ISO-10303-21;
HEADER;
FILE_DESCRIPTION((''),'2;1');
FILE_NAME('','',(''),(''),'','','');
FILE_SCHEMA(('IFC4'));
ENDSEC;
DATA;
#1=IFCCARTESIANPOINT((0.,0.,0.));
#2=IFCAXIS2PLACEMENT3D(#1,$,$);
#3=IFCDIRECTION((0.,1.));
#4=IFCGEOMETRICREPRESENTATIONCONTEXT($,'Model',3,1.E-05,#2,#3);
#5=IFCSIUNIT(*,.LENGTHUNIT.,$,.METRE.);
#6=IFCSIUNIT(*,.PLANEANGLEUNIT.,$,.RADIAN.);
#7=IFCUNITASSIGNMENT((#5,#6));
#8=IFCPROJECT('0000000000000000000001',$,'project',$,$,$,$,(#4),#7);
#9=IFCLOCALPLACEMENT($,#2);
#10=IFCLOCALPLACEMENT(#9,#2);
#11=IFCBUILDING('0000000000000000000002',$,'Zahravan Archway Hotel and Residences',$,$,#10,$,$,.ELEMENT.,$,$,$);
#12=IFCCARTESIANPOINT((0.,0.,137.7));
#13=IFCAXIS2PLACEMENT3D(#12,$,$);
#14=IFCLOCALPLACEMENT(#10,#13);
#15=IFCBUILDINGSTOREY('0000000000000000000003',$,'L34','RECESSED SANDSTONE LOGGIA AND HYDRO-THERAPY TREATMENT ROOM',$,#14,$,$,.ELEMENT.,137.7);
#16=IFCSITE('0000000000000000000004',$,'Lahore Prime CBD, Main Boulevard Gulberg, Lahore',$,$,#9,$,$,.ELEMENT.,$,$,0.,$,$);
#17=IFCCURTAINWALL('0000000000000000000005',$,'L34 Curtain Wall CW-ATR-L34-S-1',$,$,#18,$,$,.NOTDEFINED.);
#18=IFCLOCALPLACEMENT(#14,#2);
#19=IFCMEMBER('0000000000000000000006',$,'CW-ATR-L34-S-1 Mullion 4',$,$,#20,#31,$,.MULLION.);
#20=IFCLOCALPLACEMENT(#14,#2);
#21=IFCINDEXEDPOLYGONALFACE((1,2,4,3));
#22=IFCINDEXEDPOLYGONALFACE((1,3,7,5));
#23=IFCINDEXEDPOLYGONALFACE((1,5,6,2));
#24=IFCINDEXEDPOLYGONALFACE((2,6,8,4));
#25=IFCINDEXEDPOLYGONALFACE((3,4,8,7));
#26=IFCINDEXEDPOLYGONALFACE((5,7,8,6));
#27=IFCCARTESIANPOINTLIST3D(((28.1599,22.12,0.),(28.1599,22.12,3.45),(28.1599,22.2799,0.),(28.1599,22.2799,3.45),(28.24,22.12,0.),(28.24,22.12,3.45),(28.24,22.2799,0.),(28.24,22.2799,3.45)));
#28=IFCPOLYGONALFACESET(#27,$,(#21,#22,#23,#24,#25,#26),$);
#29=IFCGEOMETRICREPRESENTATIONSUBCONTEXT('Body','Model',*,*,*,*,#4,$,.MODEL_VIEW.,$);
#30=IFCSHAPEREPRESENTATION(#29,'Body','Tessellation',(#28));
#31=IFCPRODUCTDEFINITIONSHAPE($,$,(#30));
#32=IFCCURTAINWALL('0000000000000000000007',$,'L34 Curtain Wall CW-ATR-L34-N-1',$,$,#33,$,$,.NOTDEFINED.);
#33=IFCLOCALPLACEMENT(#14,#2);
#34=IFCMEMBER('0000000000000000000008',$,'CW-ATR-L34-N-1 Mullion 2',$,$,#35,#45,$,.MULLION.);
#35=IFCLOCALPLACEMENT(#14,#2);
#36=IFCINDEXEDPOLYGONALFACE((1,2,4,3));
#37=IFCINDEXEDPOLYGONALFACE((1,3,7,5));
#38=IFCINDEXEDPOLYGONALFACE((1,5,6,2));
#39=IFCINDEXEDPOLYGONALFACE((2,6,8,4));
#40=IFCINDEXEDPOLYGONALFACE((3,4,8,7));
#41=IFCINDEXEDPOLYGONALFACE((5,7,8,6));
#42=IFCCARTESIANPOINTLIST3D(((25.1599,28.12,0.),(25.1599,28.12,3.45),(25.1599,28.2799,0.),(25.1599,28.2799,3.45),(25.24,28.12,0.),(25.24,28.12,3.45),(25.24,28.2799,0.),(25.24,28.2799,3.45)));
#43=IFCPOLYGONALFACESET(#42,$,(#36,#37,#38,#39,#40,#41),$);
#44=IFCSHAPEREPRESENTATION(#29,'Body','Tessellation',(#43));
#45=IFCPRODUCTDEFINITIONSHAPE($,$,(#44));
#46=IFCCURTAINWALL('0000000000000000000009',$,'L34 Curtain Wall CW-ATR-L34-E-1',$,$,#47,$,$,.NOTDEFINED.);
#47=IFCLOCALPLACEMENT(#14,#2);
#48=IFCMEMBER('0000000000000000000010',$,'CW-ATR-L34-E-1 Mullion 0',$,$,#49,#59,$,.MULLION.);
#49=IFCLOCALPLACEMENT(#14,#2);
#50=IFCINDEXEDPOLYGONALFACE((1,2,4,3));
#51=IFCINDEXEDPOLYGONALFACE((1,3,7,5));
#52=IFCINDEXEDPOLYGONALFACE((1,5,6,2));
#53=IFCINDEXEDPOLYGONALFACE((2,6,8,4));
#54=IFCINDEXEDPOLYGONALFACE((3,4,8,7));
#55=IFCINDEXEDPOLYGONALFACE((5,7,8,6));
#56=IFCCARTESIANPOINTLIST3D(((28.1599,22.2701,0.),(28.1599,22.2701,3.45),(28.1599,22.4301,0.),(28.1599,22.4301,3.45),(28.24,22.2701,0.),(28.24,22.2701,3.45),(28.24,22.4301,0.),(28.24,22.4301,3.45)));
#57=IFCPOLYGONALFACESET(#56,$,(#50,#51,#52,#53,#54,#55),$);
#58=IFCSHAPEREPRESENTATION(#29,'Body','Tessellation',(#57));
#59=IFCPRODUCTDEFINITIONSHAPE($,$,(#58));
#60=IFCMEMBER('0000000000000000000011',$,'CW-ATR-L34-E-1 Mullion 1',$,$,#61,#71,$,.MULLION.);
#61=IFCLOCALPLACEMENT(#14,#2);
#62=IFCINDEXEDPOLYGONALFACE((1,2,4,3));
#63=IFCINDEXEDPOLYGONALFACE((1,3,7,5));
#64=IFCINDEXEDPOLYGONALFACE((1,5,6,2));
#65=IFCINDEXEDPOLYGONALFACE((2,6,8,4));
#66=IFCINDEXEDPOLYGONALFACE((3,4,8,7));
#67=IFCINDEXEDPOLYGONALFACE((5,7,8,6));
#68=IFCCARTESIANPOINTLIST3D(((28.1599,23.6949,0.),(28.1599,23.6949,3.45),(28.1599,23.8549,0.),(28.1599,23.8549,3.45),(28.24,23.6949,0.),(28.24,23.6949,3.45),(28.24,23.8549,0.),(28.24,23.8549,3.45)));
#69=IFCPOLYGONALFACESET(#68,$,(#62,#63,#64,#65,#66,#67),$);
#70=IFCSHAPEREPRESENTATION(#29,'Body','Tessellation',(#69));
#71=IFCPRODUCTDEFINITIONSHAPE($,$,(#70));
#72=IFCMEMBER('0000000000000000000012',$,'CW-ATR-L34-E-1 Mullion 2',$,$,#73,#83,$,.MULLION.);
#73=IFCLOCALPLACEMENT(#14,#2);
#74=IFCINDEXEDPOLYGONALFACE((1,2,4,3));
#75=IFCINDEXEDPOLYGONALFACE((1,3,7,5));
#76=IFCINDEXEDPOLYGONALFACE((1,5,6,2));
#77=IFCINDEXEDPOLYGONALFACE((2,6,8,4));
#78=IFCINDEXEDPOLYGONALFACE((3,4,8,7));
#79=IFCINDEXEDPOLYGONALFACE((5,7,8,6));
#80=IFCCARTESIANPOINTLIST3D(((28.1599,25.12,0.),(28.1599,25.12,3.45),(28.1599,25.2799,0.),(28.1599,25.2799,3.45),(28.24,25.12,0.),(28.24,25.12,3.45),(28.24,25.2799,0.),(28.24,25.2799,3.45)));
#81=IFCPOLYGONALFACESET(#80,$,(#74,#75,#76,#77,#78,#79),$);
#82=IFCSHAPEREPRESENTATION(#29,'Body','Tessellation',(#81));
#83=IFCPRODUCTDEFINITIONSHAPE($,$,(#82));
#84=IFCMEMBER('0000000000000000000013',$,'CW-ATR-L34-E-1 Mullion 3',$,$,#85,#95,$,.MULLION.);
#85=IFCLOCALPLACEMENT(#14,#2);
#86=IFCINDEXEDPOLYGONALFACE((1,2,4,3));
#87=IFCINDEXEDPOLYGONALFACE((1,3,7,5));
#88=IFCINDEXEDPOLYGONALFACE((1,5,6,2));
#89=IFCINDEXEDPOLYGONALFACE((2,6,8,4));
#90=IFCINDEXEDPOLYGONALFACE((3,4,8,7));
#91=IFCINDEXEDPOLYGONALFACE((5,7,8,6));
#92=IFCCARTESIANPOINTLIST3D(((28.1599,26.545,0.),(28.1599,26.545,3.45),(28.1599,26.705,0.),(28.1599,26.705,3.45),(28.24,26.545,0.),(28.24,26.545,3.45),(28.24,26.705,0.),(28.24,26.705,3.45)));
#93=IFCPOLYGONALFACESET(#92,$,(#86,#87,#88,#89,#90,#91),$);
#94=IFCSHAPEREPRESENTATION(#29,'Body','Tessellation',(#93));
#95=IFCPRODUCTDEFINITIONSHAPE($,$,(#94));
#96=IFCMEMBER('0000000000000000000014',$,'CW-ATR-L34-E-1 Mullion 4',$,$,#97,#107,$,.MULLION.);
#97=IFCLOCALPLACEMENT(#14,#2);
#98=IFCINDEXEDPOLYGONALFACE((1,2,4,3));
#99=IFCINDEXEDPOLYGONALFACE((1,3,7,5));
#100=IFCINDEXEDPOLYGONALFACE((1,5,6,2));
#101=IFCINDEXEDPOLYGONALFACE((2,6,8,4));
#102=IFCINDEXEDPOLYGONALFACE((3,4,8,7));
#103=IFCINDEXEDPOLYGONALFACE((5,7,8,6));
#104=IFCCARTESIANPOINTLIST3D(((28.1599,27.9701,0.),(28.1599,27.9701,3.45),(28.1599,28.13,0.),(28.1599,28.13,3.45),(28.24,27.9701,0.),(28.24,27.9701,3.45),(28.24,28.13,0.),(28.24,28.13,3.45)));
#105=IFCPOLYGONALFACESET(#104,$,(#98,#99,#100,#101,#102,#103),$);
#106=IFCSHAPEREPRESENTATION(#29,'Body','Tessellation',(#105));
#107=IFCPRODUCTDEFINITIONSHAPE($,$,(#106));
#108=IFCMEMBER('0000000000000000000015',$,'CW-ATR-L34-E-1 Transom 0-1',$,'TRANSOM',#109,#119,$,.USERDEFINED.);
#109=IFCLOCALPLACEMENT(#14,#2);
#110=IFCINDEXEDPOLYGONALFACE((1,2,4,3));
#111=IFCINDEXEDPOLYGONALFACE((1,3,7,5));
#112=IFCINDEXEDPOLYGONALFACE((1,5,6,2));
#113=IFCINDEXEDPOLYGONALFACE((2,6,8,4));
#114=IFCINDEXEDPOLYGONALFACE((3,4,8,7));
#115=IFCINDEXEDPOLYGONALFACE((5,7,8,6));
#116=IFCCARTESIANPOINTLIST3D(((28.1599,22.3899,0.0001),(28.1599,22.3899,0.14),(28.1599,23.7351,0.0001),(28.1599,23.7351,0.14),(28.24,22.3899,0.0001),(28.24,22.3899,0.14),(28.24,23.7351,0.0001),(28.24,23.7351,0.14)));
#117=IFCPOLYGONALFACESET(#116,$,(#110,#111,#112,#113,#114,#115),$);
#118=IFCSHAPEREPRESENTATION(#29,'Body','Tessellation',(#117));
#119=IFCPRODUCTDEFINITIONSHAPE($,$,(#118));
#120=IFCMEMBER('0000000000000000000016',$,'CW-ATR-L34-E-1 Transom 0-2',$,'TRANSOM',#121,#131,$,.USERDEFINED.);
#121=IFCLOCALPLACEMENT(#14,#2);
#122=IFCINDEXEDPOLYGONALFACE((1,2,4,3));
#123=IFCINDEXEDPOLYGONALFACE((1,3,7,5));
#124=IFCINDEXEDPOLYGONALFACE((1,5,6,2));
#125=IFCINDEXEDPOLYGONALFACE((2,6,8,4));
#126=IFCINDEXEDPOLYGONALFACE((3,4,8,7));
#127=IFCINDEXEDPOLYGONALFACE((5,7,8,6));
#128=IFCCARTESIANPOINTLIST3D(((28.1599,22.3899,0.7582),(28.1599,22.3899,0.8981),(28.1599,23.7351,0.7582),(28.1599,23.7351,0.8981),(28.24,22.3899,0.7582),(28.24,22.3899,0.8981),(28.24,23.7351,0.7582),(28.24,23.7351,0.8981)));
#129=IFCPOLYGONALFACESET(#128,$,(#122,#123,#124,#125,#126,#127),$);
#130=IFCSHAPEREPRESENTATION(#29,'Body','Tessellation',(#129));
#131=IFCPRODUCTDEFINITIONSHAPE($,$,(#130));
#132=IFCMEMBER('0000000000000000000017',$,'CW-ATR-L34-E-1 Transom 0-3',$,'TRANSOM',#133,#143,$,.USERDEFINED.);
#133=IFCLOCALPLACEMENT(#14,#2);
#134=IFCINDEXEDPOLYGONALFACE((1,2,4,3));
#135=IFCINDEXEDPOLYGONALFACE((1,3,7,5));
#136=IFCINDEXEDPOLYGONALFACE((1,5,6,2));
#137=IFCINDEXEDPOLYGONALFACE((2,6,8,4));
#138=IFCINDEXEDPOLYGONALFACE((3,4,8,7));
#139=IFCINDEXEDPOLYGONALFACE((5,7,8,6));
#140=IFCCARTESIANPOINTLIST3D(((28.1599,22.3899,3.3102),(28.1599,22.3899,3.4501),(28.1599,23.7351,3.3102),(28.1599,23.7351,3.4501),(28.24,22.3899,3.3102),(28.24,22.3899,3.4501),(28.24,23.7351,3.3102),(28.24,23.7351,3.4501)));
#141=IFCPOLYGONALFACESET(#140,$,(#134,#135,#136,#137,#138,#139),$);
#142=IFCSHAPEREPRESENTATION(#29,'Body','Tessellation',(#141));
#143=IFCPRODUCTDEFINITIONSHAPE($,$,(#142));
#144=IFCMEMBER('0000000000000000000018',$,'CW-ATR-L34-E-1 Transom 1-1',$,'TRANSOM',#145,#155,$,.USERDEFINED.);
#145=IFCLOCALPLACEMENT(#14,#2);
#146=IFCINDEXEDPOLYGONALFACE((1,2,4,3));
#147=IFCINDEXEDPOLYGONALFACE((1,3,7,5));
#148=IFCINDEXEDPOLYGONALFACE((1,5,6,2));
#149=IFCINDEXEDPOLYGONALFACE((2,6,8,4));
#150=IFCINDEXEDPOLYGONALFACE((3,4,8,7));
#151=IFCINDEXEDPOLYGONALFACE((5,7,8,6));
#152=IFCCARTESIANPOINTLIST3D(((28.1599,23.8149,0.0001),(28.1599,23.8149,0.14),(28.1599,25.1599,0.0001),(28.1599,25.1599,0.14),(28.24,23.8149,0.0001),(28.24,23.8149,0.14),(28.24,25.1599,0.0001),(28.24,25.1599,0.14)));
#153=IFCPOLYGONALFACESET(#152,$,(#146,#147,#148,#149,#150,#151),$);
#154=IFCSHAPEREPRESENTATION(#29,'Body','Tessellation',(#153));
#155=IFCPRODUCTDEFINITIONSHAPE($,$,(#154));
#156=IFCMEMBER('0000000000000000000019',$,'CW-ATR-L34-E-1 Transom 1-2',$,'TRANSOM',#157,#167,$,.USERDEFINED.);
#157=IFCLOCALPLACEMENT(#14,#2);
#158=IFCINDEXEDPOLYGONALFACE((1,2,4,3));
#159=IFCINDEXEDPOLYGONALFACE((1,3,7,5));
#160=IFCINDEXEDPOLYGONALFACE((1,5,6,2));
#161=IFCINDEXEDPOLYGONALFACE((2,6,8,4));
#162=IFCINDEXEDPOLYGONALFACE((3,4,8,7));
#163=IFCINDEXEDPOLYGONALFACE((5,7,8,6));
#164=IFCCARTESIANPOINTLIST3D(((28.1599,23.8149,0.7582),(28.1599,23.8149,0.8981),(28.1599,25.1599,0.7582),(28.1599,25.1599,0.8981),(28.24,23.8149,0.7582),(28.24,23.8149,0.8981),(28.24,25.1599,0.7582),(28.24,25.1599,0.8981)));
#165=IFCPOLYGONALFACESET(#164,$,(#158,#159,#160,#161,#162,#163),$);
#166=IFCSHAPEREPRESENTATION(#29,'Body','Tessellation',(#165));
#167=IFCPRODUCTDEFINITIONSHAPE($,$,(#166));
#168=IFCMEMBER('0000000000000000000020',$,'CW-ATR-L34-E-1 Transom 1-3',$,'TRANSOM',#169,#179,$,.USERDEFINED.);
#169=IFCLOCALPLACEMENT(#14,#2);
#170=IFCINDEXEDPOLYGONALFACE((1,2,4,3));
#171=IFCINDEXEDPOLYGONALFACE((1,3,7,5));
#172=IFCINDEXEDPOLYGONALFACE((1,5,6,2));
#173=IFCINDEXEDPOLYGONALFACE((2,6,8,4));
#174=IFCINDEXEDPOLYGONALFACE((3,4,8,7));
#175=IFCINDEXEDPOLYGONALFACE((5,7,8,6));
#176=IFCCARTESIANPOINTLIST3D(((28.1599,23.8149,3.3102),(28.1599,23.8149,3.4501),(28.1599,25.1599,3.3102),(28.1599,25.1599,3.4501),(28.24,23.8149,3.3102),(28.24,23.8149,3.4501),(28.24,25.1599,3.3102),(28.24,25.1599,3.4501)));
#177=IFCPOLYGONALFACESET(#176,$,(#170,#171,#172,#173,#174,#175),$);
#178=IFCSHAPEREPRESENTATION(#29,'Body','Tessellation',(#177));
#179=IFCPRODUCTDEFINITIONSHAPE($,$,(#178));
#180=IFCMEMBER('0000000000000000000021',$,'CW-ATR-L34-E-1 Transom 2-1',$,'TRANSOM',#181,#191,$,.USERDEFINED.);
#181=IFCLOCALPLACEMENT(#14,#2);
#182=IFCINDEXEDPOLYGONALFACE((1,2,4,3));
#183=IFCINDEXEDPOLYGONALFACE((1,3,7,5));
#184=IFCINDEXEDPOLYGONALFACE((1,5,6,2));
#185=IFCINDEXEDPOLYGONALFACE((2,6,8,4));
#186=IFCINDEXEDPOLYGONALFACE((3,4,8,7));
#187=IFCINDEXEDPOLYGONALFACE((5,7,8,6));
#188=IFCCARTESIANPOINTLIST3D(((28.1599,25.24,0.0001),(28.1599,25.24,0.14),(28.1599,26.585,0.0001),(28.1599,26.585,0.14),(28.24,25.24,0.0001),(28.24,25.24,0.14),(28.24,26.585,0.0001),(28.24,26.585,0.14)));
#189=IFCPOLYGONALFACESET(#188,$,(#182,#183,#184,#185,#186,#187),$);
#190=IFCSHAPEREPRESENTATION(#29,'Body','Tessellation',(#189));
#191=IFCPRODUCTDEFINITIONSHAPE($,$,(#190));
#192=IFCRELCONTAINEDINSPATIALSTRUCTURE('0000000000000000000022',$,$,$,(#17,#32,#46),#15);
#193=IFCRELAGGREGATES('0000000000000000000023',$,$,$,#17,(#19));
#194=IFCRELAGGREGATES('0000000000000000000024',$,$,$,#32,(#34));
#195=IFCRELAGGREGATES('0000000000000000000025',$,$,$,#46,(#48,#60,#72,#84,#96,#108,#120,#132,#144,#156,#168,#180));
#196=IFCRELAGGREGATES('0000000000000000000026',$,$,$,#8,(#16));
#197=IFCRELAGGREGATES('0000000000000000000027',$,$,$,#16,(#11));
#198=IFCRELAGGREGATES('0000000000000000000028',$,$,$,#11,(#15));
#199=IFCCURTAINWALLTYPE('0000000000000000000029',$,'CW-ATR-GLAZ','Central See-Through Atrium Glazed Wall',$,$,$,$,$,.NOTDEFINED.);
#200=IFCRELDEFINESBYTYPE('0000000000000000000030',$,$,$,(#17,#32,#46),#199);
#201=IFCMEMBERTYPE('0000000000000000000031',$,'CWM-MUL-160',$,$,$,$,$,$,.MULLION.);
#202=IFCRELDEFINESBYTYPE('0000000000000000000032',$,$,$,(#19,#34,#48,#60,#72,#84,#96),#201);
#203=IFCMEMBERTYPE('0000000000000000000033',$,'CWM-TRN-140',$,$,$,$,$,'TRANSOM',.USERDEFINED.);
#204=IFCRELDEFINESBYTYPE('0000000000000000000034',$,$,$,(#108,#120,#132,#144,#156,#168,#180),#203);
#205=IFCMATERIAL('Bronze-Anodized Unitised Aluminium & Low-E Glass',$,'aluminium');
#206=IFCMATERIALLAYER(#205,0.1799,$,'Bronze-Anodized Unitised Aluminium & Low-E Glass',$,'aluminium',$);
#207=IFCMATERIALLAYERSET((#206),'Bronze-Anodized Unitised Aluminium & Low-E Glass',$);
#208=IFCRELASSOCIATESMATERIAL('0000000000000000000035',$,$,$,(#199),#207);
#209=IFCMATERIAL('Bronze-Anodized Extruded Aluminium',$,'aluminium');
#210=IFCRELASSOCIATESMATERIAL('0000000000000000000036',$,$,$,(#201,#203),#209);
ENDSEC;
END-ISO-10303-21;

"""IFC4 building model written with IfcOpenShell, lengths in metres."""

from ifc_helpers import new_model, si_unit, direction, frame, origin, origin_2d, place, context, subcontext, project, spatial, rectangle, extrude, source, transform, mapped, material, layer, layer_set, material_profile, profile_set, type_object, element, aggregate, save


model = new_model("IFC4")

# Units and contexts
model_context = context("Model", 3, precision=1e-05, world=origin(), true_north=direction((0.0, 1.0)))
body_context = subcontext(model_context, "Body", "Model", "MODEL_VIEW")
ifc_project = project(units=[si_unit("LENGTHUNIT", "METRE"), si_unit("PLANEANGLEUNIT", "RADIAN")], contexts=[model_context])

# Site, building, storey
site_placement = place(None, origin())
site = spatial("IfcSite", under=ifc_project, at=site_placement, Name="Lahore Prime CBD, Main Boulevard Gulberg, Lahore", CompositionType="ELEMENT", RefElevation=0.0)
building_placement = place(site_placement, origin())
building = spatial("IfcBuilding", under=site, at=building_placement, Name="Zahravan Archway Hotel and Residences", CompositionType="ELEMENT")
storey_placement = place(building_placement, frame((0.0, 0.0, 137.7)))
storey = spatial("IfcBuildingStorey", under=building, at=storey_placement, Name="L34", Description="RECESSED SANDSTONE LOGGIA AND HYDRO-THERAPY TREATMENT ROOM", CompositionType="ELEMENT", Elevation=137.7)

# Curtain walls, members
ifc_material_1 = material(Name="Bronze-Anodized Unitised Aluminium & Low-E Glass", Category="aluminium")
ifc_layer_1 = layer(ifc_material_1, 0.1799, Name="Bronze-Anodized Unitised Aluminium & Low-E Glass", Category="aluminium")
ifc_layer_set_1 = layer_set([ifc_layer_1], Name="Bronze-Anodized Unitised Aluminium & Low-E Glass")
curtain_wall_type = type_object("IfcCurtainWallType", Name="CW-ATR-GLAZ", Description="Central See-Through Atrium Glazed Wall", PredefinedType="NOTDEFINED", material=ifc_layer_set_1)
curtain_wall_1_placement = place(storey_placement, origin())
curtain_wall_1 = element("IfcCurtainWall", 1, at=curtain_wall_1_placement, inside=storey, type_object=curtain_wall_type, Name="L34 Curtain Wall CW-ATR-L34-S-1", PredefinedType="NOTDEFINED")
ifc_material_2 = material(Name="Bronze-Anodized Extruded Aluminium", Category="aluminium")
ifc_material_profile_1 = material_profile(ifc_material_2, rectangle(XDim=0.0801, YDim=0.1599, at=origin_2d()), Name="MUL 80x160", Category="aluminium")
ifc_profile_set_1 = profile_set([ifc_material_profile_1], Name="Bronze-Anodized Extruded Aluminium")
member_type_1 = type_object("IfcMemberType", Name="CWM-MUL-160", PredefinedType="MULLION", material=ifc_profile_set_1)
shared_shape_1 = source(origin(), body_context, "Body", "SweptSolid", [
    extrude(rectangle(XDim=0.0801, YDim=0.1599, at=origin_2d()), origin(), (0.0, 0.0, 1.0), 3.45),
])
member_1_placement = place(storey_placement, frame((28.2, 22.2, 0.0), z_axis=(0.0, 0.0, 1.0), x_axis=(1.0, 0.0, 0.0)))
member_1 = element("IfcMember", 2, at=member_1_placement, type_object=member_type_1, Name="CW-ATR-L34-S-1 Mullion 4", PredefinedType="MULLION", context=body_context, shape_type="MappedRepresentation", body=[
    mapped(shared_shape_1, transform((0.0, 0.0, 0.0), scale=1.0)),
])
curtain_wall_2_placement = place(storey_placement, origin())
curtain_wall_2 = element("IfcCurtainWall", 3, at=curtain_wall_2_placement, inside=storey, type_object=curtain_wall_type, Name="L34 Curtain Wall CW-ATR-L34-N-1", PredefinedType="NOTDEFINED")
member_2_placement = place(storey_placement, frame((25.2, 28.2, 0.0), z_axis=(0.0, 0.0, 1.0), x_axis=(1.0, 0.0, 0.0)))
member_2 = element("IfcMember", 4, at=member_2_placement, type_object=member_type_1, Name="CW-ATR-L34-N-1 Mullion 2", PredefinedType="MULLION", context=body_context, shape_type="MappedRepresentation", body=[
    mapped(shared_shape_1, transform((0.0, 0.0, 0.0), scale=1.0)),
])

# Curtain wall, members
curtain_wall_3_placement = place(storey_placement, origin())
curtain_wall_3 = element("IfcCurtainWall", 5, at=curtain_wall_3_placement, inside=storey, type_object=curtain_wall_type, Name="L34 Curtain Wall CW-ATR-L34-E-1", PredefinedType="NOTDEFINED")
member_3_placement = place(storey_placement, frame((28.2, 22.3501, 0.0), z_axis=(0.0, 0.0, 1.0), x_axis=(1.0, 0.0, 0.0)))
member_3 = element("IfcMember", 6, at=member_3_placement, type_object=member_type_1, Name="CW-ATR-L34-E-1 Mullion 0", PredefinedType="MULLION", context=body_context, shape_type="MappedRepresentation", body=[
    mapped(shared_shape_1, transform((0.0, 0.0, 0.0), scale=1.0)),
])
member_4_placement = place(storey_placement, frame((28.2, 23.7749, 0.0), z_axis=(0.0, 0.0, 1.0), x_axis=(1.0, 0.0, 0.0)))
member_4 = element("IfcMember", 7, at=member_4_placement, type_object=member_type_1, Name="CW-ATR-L34-E-1 Mullion 1", PredefinedType="MULLION", context=body_context, shape_type="MappedRepresentation", body=[
    mapped(shared_shape_1, transform((0.0, 0.0, 0.0), scale=1.0)),
])
member_5_placement = place(storey_placement, frame((28.2, 25.2, 0.0), z_axis=(0.0, 0.0, 1.0), x_axis=(1.0, 0.0, 0.0)))
member_5 = element("IfcMember", 8, at=member_5_placement, type_object=member_type_1, Name="CW-ATR-L34-E-1 Mullion 2", PredefinedType="MULLION", context=body_context, shape_type="MappedRepresentation", body=[
    mapped(shared_shape_1, transform((0.0, 0.0, 0.0), scale=1.0)),
])
member_6_placement = place(storey_placement, frame((28.2, 26.625, 0.0), z_axis=(0.0, 0.0, 1.0), x_axis=(1.0, 0.0, 0.0)))
member_6 = element("IfcMember", 9, at=member_6_placement, type_object=member_type_1, Name="CW-ATR-L34-E-1 Mullion 3", PredefinedType="MULLION", context=body_context, shape_type="MappedRepresentation", body=[
    mapped(shared_shape_1, transform((0.0, 0.0, 0.0), scale=1.0)),
])
member_7_placement = place(storey_placement, frame((28.2, 28.05, 0.0), z_axis=(0.0, 0.0, 1.0), x_axis=(1.0, 0.0, 0.0)))
member_7 = element("IfcMember", 10, at=member_7_placement, type_object=member_type_1, Name="CW-ATR-L34-E-1 Mullion 4", PredefinedType="MULLION", context=body_context, shape_type="MappedRepresentation", body=[
    mapped(shared_shape_1, transform((0.0, 0.0, 0.0), scale=1.0)),
])
ifc_material_profile_2 = material_profile(ifc_material_2, rectangle(XDim=0.0801, YDim=0.1399, at=origin_2d()), Name="TRN 80x140", Category="aluminium")
ifc_profile_set_2 = profile_set([ifc_material_profile_2], Name="Bronze-Anodized Extruded Aluminium")
member_type_2 = type_object("IfcMemberType", Name="CWM-TRN-140", ElementType="TRANSOM", PredefinedType="USERDEFINED", material=ifc_profile_set_2)
shared_shape_2 = source(origin(), body_context, "Body", "SweptSolid", [
    extrude(rectangle(XDim=0.0801, YDim=0.1399, at=origin_2d()), origin(), (0.0, 0.0, 1.0), 1.3452),
])
member_8_placement = place(storey_placement, frame((28.2, 22.3899, 0.0701), z_axis=(0.0, 1.0, 0.0), x_axis=(-1.0, 0.0, 0.0)))
member_8 = element("IfcMember", 11, at=member_8_placement, type_object=member_type_2, Name="CW-ATR-L34-E-1 Transom 0-1", ObjectType="TRANSOM", PredefinedType="USERDEFINED", context=body_context, shape_type="MappedRepresentation", body=[
    mapped(shared_shape_2, transform((0.0, 0.0, 0.0), scale=1.0)),
])
member_9_placement = place(storey_placement, frame((28.2, 22.3899, 0.8281), z_axis=(0.0, 1.0, 0.0), x_axis=(-1.0, 0.0, 0.0)))
member_9 = element("IfcMember", 12, at=member_9_placement, type_object=member_type_2, Name="CW-ATR-L34-E-1 Transom 0-2", ObjectType="TRANSOM", PredefinedType="USERDEFINED", context=body_context, shape_type="MappedRepresentation", body=[
    mapped(shared_shape_2, transform((0.0, 0.0, 0.0), scale=1.0)),
])
member_10_placement = place(storey_placement, frame((28.2, 22.3899, 3.3801), z_axis=(0.0, 1.0, 0.0), x_axis=(-1.0, 0.0, 0.0)))
member_10 = element("IfcMember", 13, at=member_10_placement, type_object=member_type_2, Name="CW-ATR-L34-E-1 Transom 0-3", ObjectType="TRANSOM", PredefinedType="USERDEFINED", context=body_context, shape_type="MappedRepresentation", body=[
    mapped(shared_shape_2, transform((0.0, 0.0, 0.0), scale=1.0)),
])
shared_shape_3 = source(origin(), body_context, "Body", "SweptSolid", [
    extrude(rectangle(XDim=0.0801, YDim=0.1399, at=origin_2d()), origin(), (0.0, 0.0, 1.0), 1.345),
])
member_11_placement = place(storey_placement, frame((28.2, 23.8149, 0.0701), z_axis=(0.0, 1.0, 0.0), x_axis=(-1.0, 0.0, 0.0)))
member_11 = element("IfcMember", 14, at=member_11_placement, type_object=member_type_2, Name="CW-ATR-L34-E-1 Transom 1-1", ObjectType="TRANSOM", PredefinedType="USERDEFINED", context=body_context, shape_type="MappedRepresentation", body=[
    mapped(shared_shape_3, transform((0.0, 0.0, 0.0), scale=1.0)),
])
member_12_placement = place(storey_placement, frame((28.2, 23.8149, 0.8281), z_axis=(0.0, 1.0, 0.0), x_axis=(-1.0, 0.0, 0.0)))
member_12 = element("IfcMember", 15, at=member_12_placement, type_object=member_type_2, Name="CW-ATR-L34-E-1 Transom 1-2", ObjectType="TRANSOM", PredefinedType="USERDEFINED", context=body_context, shape_type="MappedRepresentation", body=[
    mapped(shared_shape_3, transform((0.0, 0.0, 0.0), scale=1.0)),
])
member_13_placement = place(storey_placement, frame((28.2, 23.8149, 3.3801), z_axis=(0.0, 1.0, 0.0), x_axis=(-1.0, 0.0, 0.0)))
member_13 = element("IfcMember", 16, at=member_13_placement, type_object=member_type_2, Name="CW-ATR-L34-E-1 Transom 1-3", ObjectType="TRANSOM", PredefinedType="USERDEFINED", context=body_context, shape_type="MappedRepresentation", body=[
    mapped(shared_shape_3, transform((0.0, 0.0, 0.0), scale=1.0)),
])
member_14_placement = place(storey_placement, frame((28.2, 25.24, 0.0701), z_axis=(0.0, 1.0, 0.0), x_axis=(-1.0, 0.0, 0.0)))
member_14 = element("IfcMember", 17, at=member_14_placement, type_object=member_type_2, Name="CW-ATR-L34-E-1 Transom 2-1", ObjectType="TRANSOM", PredefinedType="USERDEFINED", context=body_context, shape_type="MappedRepresentation", body=[
    mapped(shared_shape_3, transform((0.0, 0.0, 0.0), scale=1.0)),
])

aggregate(curtain_wall_1, [member_1])
aggregate(curtain_wall_2, [member_2])
aggregate(curtain_wall_3, [member_3, member_4, member_5, member_6, member_7, member_8, member_9, member_10, member_11, member_12, member_13, member_14])

save(model, "model.ifc")
